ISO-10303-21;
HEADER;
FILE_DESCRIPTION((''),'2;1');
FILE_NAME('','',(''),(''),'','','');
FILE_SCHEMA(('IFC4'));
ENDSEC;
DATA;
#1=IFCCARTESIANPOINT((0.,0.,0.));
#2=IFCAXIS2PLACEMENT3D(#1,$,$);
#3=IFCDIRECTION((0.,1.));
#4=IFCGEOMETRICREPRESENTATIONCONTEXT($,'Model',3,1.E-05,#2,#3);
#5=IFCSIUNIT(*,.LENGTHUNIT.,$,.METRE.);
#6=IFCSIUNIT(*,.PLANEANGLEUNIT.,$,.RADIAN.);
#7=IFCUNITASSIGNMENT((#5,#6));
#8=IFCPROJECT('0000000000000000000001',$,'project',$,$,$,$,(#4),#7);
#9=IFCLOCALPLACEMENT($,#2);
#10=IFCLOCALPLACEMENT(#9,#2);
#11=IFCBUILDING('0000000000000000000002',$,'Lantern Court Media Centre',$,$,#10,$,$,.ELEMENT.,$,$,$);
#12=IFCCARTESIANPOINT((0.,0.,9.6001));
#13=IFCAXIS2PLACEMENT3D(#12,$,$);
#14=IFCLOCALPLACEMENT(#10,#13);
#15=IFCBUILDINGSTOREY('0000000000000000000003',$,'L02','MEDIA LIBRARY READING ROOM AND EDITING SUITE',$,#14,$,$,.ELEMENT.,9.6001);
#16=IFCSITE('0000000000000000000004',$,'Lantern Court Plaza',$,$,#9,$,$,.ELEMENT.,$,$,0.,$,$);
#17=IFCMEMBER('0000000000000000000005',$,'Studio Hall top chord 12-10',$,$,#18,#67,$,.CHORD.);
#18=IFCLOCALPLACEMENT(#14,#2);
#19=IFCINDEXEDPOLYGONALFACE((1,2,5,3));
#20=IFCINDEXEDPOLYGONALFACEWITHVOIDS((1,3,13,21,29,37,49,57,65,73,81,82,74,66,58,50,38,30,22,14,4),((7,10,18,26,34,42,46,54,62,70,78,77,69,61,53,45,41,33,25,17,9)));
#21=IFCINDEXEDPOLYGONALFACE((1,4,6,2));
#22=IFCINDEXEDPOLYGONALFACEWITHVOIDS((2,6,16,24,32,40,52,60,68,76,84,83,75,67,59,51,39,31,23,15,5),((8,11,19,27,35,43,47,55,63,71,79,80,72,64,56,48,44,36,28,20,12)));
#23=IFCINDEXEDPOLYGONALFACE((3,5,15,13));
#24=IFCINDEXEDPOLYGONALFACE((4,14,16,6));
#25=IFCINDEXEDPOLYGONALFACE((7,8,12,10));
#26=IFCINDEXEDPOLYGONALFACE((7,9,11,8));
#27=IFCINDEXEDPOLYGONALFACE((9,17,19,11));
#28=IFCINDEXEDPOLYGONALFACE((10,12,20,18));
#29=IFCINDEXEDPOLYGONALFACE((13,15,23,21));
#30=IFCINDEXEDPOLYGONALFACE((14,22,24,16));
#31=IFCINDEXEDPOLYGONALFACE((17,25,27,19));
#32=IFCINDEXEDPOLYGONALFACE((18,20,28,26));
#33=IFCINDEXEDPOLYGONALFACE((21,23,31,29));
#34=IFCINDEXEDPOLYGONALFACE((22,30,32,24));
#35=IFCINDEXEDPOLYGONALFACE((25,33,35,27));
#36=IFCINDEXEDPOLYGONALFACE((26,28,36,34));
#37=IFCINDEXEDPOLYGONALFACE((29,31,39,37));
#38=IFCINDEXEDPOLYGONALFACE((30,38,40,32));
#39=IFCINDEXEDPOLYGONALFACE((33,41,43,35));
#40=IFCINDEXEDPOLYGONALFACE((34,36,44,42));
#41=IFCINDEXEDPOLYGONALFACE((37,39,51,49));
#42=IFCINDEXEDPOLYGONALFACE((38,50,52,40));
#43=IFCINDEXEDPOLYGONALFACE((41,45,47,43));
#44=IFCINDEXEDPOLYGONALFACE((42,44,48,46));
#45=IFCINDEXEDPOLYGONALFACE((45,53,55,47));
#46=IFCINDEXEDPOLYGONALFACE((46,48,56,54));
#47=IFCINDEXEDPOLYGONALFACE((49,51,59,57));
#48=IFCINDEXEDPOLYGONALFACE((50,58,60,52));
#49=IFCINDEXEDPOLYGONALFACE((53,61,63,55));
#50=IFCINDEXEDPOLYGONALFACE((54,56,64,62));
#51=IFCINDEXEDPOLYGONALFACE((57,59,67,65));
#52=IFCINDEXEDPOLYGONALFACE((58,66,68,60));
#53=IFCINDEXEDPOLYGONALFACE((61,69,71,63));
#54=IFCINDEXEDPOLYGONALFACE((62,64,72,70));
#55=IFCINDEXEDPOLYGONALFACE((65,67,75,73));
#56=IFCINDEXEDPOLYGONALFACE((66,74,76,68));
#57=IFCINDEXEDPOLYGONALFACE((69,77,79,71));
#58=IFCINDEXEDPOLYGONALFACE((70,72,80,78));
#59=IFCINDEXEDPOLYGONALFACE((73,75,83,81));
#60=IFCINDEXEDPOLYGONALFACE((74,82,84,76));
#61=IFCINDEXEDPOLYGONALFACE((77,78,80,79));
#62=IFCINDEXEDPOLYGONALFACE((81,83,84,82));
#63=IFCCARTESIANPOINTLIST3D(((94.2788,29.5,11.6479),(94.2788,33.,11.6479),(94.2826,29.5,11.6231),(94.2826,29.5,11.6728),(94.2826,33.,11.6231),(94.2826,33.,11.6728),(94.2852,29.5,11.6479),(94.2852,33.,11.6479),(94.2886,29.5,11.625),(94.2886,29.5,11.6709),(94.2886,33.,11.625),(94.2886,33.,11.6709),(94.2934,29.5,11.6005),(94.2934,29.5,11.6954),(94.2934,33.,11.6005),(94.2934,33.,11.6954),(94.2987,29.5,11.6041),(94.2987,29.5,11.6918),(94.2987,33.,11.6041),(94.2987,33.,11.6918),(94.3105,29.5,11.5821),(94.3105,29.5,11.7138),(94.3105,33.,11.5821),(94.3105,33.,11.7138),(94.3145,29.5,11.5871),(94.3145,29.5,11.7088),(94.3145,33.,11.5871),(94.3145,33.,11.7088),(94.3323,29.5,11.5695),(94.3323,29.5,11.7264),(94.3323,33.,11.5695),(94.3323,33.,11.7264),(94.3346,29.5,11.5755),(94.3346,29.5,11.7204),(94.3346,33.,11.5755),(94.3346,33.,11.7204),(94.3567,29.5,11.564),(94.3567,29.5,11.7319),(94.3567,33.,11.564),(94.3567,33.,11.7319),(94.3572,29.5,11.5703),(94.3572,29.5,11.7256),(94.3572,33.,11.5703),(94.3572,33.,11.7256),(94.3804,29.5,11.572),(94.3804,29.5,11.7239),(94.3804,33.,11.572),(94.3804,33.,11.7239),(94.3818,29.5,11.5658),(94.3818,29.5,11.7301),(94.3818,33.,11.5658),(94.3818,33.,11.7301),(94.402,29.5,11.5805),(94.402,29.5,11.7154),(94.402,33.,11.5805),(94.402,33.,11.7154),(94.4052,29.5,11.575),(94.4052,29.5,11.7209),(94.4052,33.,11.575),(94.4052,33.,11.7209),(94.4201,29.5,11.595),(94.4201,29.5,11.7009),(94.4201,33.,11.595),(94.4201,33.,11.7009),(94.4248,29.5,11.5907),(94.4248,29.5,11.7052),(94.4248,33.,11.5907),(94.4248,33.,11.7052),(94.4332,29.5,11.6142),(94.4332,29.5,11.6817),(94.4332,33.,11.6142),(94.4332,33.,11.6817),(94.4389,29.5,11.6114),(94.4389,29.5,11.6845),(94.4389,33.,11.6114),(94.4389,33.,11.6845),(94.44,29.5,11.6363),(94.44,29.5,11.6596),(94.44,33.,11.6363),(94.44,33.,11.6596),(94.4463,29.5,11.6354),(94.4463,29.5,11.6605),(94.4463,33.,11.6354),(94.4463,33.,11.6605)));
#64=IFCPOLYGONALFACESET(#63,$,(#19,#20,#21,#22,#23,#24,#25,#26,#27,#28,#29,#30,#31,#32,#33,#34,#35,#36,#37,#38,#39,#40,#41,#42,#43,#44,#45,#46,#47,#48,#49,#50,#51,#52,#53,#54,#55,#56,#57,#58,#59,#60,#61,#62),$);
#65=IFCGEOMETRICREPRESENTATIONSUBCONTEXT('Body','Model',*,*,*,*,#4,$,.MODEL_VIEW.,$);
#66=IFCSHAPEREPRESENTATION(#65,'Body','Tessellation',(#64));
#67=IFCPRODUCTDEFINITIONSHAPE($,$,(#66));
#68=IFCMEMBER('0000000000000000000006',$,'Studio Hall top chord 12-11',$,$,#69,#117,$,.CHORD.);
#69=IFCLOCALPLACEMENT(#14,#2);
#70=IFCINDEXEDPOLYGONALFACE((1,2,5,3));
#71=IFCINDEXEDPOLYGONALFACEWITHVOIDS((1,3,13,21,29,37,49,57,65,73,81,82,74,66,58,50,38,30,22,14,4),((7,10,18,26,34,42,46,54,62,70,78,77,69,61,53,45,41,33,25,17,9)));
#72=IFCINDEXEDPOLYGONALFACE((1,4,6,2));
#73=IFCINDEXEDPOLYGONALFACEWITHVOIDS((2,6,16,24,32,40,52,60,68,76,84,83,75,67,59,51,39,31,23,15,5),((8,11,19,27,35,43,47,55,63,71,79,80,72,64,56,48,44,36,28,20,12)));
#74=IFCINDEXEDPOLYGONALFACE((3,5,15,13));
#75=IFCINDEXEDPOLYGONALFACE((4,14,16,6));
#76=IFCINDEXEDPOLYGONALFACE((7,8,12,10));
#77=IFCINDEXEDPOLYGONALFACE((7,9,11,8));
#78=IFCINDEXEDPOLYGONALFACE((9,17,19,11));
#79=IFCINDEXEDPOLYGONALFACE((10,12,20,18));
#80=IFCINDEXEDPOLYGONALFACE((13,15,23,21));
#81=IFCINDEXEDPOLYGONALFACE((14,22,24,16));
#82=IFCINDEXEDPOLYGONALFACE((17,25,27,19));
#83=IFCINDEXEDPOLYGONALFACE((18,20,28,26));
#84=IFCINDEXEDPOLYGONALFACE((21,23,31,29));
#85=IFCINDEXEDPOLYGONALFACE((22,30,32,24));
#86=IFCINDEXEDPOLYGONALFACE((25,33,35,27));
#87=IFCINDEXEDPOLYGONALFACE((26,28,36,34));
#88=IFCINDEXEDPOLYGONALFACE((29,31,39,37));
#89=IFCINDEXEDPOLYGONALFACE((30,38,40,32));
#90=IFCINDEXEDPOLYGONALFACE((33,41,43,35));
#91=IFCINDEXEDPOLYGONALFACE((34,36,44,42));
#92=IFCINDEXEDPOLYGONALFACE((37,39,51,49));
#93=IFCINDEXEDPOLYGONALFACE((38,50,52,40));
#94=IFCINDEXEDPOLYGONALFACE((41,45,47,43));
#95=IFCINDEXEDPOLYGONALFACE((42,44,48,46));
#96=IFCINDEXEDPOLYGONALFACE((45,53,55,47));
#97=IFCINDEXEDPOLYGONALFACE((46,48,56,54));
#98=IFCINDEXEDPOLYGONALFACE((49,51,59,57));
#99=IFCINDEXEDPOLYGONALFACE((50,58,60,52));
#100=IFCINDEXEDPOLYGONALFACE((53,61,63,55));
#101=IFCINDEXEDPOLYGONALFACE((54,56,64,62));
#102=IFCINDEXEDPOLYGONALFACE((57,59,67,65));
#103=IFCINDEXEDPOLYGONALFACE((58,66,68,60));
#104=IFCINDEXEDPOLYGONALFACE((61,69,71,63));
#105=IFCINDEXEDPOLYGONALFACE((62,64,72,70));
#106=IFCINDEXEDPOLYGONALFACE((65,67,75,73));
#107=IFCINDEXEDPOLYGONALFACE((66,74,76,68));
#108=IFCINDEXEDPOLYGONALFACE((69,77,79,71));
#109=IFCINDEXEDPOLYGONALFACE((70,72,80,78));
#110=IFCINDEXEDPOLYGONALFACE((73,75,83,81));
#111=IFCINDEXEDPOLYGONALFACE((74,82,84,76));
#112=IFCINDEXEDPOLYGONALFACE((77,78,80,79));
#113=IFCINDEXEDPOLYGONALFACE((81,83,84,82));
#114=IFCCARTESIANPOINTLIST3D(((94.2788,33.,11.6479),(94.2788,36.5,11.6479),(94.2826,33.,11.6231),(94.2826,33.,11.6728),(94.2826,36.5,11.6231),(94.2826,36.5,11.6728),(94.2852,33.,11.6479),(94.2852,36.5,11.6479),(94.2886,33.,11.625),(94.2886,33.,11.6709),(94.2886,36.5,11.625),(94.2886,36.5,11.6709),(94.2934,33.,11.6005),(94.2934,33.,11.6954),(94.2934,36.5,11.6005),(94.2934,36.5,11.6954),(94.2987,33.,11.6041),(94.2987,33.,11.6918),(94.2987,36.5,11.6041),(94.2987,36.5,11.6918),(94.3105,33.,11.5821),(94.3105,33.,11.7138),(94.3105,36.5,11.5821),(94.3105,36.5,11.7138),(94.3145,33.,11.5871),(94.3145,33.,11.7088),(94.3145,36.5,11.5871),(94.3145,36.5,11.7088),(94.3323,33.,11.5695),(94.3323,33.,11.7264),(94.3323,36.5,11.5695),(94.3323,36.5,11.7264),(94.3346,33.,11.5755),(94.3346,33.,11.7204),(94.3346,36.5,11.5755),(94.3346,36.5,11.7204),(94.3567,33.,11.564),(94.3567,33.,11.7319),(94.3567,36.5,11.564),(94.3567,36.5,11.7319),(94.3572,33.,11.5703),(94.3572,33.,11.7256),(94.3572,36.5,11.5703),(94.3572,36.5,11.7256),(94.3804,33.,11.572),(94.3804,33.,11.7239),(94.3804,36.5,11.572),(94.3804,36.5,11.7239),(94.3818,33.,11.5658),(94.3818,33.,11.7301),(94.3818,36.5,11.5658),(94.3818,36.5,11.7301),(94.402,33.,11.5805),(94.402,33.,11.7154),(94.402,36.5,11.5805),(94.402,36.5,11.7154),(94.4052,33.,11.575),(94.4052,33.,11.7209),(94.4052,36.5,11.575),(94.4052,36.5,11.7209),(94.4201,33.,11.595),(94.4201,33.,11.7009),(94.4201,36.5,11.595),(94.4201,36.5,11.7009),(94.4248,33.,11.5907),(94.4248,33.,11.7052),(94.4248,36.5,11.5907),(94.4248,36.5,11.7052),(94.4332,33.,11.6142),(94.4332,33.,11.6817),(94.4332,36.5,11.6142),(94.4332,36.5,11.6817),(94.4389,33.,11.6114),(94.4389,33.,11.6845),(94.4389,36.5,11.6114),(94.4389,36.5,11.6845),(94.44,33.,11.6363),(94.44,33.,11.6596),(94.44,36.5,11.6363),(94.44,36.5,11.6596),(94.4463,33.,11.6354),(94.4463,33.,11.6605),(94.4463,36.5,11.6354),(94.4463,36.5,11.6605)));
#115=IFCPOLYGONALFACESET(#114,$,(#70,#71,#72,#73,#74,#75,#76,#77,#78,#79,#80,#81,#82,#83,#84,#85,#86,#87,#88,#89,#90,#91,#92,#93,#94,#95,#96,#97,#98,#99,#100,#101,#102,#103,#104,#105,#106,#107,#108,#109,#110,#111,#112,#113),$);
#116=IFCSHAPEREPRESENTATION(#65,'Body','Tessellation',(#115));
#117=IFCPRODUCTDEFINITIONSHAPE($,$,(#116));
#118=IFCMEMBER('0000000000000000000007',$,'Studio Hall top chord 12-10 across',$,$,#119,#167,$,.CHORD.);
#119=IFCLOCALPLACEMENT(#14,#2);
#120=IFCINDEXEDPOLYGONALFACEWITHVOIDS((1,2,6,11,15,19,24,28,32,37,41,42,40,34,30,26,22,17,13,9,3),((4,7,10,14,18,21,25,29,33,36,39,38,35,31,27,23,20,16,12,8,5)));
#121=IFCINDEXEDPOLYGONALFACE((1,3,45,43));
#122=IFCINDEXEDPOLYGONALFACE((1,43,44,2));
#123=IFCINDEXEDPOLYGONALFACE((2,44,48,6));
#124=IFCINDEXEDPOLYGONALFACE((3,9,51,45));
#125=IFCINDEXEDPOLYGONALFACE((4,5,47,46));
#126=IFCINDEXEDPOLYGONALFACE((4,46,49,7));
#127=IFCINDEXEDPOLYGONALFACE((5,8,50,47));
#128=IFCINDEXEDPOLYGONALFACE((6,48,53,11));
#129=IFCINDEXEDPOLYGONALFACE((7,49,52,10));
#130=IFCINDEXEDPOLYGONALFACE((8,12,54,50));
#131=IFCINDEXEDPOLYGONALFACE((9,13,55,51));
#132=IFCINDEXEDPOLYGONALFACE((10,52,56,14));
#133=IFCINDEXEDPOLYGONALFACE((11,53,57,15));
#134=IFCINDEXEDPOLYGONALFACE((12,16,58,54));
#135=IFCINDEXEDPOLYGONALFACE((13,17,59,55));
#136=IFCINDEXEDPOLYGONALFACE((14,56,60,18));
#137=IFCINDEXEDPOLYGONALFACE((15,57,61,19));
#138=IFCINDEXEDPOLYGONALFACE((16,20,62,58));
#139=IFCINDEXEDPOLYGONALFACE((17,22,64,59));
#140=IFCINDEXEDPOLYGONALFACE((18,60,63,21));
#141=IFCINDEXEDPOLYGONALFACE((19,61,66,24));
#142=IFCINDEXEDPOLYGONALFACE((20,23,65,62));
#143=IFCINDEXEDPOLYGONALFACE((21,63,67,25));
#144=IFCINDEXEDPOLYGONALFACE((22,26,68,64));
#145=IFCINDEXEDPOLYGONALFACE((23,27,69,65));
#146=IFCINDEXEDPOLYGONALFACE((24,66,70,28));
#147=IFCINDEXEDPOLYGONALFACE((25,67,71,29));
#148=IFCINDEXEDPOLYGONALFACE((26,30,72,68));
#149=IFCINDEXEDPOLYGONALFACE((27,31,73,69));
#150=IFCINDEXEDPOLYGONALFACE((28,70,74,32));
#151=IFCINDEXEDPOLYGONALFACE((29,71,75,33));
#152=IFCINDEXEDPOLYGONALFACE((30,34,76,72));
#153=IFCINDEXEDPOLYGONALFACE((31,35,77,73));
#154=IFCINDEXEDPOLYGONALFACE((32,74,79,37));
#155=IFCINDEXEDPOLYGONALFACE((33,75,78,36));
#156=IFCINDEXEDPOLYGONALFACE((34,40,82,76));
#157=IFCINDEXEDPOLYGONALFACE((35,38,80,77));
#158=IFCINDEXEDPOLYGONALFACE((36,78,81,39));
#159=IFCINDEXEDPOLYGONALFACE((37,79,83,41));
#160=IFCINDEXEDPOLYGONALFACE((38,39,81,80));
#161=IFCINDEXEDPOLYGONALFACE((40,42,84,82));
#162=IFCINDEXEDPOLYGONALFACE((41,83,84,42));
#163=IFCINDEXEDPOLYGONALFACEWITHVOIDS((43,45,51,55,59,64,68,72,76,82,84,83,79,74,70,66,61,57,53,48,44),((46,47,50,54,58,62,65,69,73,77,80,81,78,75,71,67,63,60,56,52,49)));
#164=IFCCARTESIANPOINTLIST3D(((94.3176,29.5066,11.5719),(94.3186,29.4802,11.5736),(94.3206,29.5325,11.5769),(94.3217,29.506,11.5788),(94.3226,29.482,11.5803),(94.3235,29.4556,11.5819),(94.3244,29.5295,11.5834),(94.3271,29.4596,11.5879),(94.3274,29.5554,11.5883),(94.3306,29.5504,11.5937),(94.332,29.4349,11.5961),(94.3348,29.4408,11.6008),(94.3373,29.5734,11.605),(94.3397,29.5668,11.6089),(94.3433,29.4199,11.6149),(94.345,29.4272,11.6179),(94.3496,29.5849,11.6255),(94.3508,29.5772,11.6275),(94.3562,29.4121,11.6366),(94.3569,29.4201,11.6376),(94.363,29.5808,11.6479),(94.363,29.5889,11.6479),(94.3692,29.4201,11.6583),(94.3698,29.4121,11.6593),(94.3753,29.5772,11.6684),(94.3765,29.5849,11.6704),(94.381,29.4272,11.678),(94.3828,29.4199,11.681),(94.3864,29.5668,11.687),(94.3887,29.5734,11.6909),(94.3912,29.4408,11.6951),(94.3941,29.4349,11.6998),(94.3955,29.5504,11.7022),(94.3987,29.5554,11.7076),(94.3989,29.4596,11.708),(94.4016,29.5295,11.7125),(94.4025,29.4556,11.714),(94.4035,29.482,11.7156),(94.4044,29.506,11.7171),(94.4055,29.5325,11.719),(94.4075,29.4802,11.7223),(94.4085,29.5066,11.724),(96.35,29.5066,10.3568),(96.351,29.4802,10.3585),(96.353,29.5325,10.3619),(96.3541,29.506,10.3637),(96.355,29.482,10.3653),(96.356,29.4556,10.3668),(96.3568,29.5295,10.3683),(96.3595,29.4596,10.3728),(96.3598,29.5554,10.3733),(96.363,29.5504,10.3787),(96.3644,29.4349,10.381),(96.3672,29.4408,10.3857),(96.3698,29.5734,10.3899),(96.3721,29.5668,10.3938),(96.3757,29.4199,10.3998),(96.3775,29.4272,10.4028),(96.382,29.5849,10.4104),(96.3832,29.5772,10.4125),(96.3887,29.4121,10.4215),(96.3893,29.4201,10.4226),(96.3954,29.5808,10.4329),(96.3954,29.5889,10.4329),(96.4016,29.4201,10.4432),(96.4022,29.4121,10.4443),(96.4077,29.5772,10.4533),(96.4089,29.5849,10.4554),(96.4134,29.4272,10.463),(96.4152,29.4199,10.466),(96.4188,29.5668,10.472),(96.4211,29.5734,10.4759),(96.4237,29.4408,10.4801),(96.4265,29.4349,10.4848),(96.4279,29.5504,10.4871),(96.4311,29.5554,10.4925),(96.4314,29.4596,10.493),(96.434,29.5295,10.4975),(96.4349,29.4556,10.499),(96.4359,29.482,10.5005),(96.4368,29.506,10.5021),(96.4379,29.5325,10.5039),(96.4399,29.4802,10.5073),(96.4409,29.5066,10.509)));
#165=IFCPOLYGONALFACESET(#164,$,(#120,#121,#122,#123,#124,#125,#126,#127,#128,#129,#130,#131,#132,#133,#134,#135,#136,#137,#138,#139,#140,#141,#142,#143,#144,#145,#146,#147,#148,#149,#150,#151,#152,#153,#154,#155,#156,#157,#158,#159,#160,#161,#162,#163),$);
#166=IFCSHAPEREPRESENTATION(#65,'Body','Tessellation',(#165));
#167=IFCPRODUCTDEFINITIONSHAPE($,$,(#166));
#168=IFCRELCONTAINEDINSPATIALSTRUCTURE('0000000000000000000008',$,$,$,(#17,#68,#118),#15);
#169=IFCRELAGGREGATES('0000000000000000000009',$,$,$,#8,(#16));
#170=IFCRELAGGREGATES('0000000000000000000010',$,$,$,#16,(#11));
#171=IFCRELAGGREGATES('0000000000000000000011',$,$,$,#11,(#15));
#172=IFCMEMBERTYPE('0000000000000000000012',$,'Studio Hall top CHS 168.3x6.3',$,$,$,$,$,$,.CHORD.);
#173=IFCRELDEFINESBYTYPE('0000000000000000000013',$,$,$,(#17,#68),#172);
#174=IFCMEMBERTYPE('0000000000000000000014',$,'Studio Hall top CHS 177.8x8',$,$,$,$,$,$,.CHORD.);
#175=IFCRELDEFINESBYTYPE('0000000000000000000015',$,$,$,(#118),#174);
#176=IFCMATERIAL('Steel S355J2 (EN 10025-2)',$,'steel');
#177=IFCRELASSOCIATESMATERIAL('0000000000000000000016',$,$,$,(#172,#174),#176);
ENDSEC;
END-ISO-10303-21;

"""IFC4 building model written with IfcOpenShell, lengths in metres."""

from ifc_helpers import new_model, si_unit, direction, frame, origin, origin_2d, place, context, subcontext, project, spatial, hollow_circle, extrude, material, material_profile, profile_set, type_object, element, save


model = new_model("IFC4")

# Units and contexts
model_context = context("Model", 3, precision=1e-05, world=origin(), true_north=direction((0.0, 1.0)))
body_context = subcontext(model_context, "Body", "Model", "MODEL_VIEW")
ifc_project = project(units=[si_unit("LENGTHUNIT", "METRE"), si_unit("PLANEANGLEUNIT", "RADIAN")], contexts=[model_context])

# Site, building, storey
site_placement = place(None, origin())
site = spatial("IfcSite", under=ifc_project, at=site_placement, Name="Lantern Court Plaza", CompositionType="ELEMENT", RefElevation=0.0)
building_placement = place(site_placement, origin())
building = spatial("IfcBuilding", under=site, at=building_placement, Name="Lantern Court Media Centre", CompositionType="ELEMENT")
storey_placement = place(building_placement, frame((0.0, 0.0, 9.6001)))
storey = spatial("IfcBuildingStorey", under=building, at=storey_placement, Name="L02", Description="MEDIA LIBRARY READING ROOM AND EDITING SUITE", CompositionType="ELEMENT", Elevation=9.6001)

# Members
ifc_material = material(Name="Steel S355J2 (EN 10025-2)", Category="steel")
ifc_material_profile_1 = material_profile(ifc_material, hollow_circle(Radius=0.0842, WallThickness=0.0063, at=origin_2d()), Name="Studio Hall top CHS 168.3x6.3")
ifc_profile_set_1 = profile_set([ifc_material_profile_1], Name="Steel S355J2 (EN 10025-2)")
member_type_1 = type_object("IfcMemberType", Name="Studio Hall top CHS 168.3x6.3", PredefinedType="CHORD", material=ifc_profile_set_1)
for number, where, z_axis, x_axis, name in (
    (1, (94.363, 29.5, 11.6479), (0.0, 1.0, 0.0), (-1.0, 0.0, 0.0), "Studio Hall top chord 12-10"),
    (2, (94.363, 33.0, 11.6479), (0.0, 1.0, 0.0), (-1.0, 0.0, 0.0), "Studio Hall top chord 12-11"),
):
    element("IfcMember", number, at=place(storey_placement, frame(where, z_axis=z_axis, x_axis=x_axis)), inside=storey, type_object=member_type_1, Name=name, PredefinedType="CHORD", context=body_context, shape_type="SweptSolid", body=[
        extrude(hollow_circle(Radius=0.0842, WallThickness=0.0063, at=origin_2d()), origin(), (0.0, 0.0, 1.0), 3.5),
    ])
ifc_material_profile_2 = material_profile(ifc_material, hollow_circle(Radius=0.0889, WallThickness=0.0081, at=origin_2d()), Name="Studio Hall top CHS 177.8x8")
ifc_profile_set_2 = profile_set([ifc_material_profile_2], Name="Steel S355J2 (EN 10025-2)")
member_type_2 = type_object("IfcMemberType", Name="Studio Hall top CHS 177.8x8", PredefinedType="CHORD", material=ifc_profile_set_2)
for number, where, z_axis, x_axis, name in (
    (3, (94.363, 29.5, 11.6479), (0.858311, 0.0, -0.513131), (0.0, 1.0, 0.0), "Studio Hall top chord 12-10 across"),
):
    element("IfcMember", number, at=place(storey_placement, frame(where, z_axis=z_axis, x_axis=x_axis)), inside=storey, type_object=member_type_2, Name=name, PredefinedType="CHORD", context=body_context, shape_type="SweptSolid", body=[
        extrude(hollow_circle(Radius=0.0889, WallThickness=0.0081, at=origin_2d()), origin(), (0.0, 0.0, 1.0), 2.3679),
    ])

save(model, "model.ifc")
